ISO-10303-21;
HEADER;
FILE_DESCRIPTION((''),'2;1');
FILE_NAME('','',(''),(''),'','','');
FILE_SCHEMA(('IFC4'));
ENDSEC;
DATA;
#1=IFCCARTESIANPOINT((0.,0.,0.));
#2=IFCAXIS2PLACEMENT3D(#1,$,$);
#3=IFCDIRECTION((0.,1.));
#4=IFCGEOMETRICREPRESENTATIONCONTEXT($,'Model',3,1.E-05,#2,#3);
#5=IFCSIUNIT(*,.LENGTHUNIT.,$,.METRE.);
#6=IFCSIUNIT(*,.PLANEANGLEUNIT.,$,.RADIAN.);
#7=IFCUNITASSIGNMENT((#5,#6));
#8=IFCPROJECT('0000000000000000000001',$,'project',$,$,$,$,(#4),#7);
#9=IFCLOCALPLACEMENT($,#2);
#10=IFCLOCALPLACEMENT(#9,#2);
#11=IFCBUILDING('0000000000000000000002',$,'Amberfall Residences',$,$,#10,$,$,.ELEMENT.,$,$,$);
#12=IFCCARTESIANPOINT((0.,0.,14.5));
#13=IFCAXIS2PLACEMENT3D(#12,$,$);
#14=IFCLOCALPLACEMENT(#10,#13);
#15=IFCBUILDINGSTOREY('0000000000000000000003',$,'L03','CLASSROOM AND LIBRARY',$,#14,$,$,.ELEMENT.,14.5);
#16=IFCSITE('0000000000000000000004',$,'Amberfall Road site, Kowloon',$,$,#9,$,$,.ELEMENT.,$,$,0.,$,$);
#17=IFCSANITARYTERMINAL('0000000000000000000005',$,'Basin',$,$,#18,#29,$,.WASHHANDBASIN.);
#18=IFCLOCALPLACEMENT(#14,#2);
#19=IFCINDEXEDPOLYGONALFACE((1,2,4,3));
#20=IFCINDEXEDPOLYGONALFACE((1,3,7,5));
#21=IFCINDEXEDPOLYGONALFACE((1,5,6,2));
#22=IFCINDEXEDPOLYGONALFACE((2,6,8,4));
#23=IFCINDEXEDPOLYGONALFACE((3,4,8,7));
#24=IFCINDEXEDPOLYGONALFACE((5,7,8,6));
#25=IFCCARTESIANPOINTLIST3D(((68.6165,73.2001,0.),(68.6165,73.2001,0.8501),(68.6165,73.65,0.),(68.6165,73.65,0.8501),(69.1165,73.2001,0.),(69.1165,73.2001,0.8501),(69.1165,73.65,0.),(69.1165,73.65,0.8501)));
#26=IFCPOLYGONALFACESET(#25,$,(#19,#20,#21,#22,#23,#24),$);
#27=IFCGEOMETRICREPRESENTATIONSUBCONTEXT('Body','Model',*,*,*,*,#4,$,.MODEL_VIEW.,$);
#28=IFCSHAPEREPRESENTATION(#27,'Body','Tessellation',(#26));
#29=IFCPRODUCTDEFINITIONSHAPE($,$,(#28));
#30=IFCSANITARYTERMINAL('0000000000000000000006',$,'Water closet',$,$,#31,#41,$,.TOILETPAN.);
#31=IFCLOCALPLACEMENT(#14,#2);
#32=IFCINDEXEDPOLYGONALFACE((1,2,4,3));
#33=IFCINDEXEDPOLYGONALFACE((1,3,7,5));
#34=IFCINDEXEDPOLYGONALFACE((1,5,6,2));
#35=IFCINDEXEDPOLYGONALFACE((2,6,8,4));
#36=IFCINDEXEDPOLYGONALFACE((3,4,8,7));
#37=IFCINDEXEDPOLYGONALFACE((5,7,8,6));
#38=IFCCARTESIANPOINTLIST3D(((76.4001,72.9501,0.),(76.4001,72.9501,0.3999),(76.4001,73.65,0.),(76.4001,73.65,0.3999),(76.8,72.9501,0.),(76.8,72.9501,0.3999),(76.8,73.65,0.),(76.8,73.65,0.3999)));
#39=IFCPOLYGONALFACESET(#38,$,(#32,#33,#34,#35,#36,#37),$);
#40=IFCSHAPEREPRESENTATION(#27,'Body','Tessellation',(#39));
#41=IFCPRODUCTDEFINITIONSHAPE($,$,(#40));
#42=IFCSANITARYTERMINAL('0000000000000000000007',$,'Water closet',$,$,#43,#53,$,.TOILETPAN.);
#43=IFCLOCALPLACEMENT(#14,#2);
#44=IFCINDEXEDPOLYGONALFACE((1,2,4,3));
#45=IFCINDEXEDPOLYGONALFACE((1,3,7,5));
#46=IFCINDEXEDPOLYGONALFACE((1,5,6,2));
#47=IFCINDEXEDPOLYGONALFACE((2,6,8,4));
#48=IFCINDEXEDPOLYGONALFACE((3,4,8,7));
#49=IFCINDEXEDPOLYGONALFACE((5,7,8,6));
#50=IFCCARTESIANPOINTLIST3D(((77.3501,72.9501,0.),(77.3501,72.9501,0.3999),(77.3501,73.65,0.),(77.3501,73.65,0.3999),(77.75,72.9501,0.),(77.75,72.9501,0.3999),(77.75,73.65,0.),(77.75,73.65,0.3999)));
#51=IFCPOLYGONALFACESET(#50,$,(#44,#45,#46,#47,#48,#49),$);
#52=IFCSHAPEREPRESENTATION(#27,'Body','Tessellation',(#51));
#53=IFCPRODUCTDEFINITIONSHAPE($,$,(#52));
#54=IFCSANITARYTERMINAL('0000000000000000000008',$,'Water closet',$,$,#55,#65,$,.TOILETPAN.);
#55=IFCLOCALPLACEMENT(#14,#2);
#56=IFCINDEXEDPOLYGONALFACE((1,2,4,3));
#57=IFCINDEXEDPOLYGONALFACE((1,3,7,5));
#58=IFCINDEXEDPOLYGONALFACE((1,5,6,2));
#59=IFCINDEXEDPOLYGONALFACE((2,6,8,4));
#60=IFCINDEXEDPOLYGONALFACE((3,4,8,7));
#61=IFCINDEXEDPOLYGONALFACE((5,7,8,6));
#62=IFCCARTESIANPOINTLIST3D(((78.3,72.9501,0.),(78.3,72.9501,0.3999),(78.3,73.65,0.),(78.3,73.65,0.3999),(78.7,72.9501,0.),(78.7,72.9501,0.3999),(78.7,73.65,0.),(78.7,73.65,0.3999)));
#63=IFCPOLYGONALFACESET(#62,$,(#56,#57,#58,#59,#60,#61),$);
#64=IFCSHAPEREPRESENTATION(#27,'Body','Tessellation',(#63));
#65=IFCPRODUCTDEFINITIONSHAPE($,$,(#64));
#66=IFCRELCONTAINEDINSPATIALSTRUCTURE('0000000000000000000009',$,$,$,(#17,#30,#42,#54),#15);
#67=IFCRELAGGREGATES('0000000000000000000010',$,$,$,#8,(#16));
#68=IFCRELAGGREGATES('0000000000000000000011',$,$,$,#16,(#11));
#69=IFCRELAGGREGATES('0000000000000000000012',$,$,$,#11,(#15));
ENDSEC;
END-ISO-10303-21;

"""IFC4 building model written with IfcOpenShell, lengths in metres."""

from ifc_helpers import new_model, si_unit, direction, frame, origin, origin_2d, place, context, subcontext, project, spatial, rectangle, extrude, element, save


model = new_model("IFC4")

# Units and contexts
model_context = context("Model", 3, precision=1e-05, world=origin(), true_north=direction((0.0, 1.0)))
body_context = subcontext(model_context, "Body", "Model", "MODEL_VIEW")
ifc_project = project(units=[si_unit("LENGTHUNIT", "METRE"), si_unit("PLANEANGLEUNIT", "RADIAN")], contexts=[model_context])

# Site, building, storey
site_placement = place(None, origin())
site = spatial("IfcSite", under=ifc_project, at=site_placement, Name="Amberfall Road site, Kowloon", CompositionType="ELEMENT", RefElevation=0.0)
building_placement = place(site_placement, origin())
building = spatial("IfcBuilding", under=site, at=building_placement, Name="Amberfall Residences", CompositionType="ELEMENT")
storey_placement = place(building_placement, frame((0.0, 0.0, 14.5)))
storey = spatial("IfcBuildingStorey", under=building, at=storey_placement, Name="L03", Description="CLASSROOM AND LIBRARY", CompositionType="ELEMENT", Elevation=14.5)

# Sanitary terminals
sanitary_terminal_placement = place(storey_placement, frame((68.8665, 73.425, 0.0), z_axis=(0.0, 0.0, 1.0), x_axis=(1.0, 0.0, 0.0)))
element("IfcSanitaryTerminal", 1, at=sanitary_terminal_placement, inside=storey, Name="Basin", PredefinedType="WASHHANDBASIN", context=body_context, shape_type="SweptSolid", body=[
    extrude(rectangle(XDim=0.5, YDim=0.45, at=origin_2d()), origin(), (0.0, 0.0, 1.0), 0.8501),
])
for number, where, z_axis, x_axis, name in (
    (2, (76.6001, 73.3, 0.0), (0.0, 0.0, 1.0), (1.0, 0.0, 0.0), "Water closet"),
    (3, (77.55, 73.3, 0.0), (0.0, 0.0, 1.0), (1.0, 0.0, 0.0), "Water closet"),
    (4, (78.5, 73.3, 0.0), (0.0, 0.0, 1.0), (1.0, 0.0, 0.0), "Water closet"),
):
    element("IfcSanitaryTerminal", number, at=place(storey_placement, frame(where, z_axis=z_axis, x_axis=x_axis)), inside=storey, Name=name, PredefinedType="TOILETPAN", context=body_context, shape_type="SweptSolid", body=[
        extrude(rectangle(XDim=0.3999, YDim=0.7, at=origin_2d()), origin(), (0.0, 0.0, 1.0), 0.3999),
    ])

save(model, "model.ifc")
